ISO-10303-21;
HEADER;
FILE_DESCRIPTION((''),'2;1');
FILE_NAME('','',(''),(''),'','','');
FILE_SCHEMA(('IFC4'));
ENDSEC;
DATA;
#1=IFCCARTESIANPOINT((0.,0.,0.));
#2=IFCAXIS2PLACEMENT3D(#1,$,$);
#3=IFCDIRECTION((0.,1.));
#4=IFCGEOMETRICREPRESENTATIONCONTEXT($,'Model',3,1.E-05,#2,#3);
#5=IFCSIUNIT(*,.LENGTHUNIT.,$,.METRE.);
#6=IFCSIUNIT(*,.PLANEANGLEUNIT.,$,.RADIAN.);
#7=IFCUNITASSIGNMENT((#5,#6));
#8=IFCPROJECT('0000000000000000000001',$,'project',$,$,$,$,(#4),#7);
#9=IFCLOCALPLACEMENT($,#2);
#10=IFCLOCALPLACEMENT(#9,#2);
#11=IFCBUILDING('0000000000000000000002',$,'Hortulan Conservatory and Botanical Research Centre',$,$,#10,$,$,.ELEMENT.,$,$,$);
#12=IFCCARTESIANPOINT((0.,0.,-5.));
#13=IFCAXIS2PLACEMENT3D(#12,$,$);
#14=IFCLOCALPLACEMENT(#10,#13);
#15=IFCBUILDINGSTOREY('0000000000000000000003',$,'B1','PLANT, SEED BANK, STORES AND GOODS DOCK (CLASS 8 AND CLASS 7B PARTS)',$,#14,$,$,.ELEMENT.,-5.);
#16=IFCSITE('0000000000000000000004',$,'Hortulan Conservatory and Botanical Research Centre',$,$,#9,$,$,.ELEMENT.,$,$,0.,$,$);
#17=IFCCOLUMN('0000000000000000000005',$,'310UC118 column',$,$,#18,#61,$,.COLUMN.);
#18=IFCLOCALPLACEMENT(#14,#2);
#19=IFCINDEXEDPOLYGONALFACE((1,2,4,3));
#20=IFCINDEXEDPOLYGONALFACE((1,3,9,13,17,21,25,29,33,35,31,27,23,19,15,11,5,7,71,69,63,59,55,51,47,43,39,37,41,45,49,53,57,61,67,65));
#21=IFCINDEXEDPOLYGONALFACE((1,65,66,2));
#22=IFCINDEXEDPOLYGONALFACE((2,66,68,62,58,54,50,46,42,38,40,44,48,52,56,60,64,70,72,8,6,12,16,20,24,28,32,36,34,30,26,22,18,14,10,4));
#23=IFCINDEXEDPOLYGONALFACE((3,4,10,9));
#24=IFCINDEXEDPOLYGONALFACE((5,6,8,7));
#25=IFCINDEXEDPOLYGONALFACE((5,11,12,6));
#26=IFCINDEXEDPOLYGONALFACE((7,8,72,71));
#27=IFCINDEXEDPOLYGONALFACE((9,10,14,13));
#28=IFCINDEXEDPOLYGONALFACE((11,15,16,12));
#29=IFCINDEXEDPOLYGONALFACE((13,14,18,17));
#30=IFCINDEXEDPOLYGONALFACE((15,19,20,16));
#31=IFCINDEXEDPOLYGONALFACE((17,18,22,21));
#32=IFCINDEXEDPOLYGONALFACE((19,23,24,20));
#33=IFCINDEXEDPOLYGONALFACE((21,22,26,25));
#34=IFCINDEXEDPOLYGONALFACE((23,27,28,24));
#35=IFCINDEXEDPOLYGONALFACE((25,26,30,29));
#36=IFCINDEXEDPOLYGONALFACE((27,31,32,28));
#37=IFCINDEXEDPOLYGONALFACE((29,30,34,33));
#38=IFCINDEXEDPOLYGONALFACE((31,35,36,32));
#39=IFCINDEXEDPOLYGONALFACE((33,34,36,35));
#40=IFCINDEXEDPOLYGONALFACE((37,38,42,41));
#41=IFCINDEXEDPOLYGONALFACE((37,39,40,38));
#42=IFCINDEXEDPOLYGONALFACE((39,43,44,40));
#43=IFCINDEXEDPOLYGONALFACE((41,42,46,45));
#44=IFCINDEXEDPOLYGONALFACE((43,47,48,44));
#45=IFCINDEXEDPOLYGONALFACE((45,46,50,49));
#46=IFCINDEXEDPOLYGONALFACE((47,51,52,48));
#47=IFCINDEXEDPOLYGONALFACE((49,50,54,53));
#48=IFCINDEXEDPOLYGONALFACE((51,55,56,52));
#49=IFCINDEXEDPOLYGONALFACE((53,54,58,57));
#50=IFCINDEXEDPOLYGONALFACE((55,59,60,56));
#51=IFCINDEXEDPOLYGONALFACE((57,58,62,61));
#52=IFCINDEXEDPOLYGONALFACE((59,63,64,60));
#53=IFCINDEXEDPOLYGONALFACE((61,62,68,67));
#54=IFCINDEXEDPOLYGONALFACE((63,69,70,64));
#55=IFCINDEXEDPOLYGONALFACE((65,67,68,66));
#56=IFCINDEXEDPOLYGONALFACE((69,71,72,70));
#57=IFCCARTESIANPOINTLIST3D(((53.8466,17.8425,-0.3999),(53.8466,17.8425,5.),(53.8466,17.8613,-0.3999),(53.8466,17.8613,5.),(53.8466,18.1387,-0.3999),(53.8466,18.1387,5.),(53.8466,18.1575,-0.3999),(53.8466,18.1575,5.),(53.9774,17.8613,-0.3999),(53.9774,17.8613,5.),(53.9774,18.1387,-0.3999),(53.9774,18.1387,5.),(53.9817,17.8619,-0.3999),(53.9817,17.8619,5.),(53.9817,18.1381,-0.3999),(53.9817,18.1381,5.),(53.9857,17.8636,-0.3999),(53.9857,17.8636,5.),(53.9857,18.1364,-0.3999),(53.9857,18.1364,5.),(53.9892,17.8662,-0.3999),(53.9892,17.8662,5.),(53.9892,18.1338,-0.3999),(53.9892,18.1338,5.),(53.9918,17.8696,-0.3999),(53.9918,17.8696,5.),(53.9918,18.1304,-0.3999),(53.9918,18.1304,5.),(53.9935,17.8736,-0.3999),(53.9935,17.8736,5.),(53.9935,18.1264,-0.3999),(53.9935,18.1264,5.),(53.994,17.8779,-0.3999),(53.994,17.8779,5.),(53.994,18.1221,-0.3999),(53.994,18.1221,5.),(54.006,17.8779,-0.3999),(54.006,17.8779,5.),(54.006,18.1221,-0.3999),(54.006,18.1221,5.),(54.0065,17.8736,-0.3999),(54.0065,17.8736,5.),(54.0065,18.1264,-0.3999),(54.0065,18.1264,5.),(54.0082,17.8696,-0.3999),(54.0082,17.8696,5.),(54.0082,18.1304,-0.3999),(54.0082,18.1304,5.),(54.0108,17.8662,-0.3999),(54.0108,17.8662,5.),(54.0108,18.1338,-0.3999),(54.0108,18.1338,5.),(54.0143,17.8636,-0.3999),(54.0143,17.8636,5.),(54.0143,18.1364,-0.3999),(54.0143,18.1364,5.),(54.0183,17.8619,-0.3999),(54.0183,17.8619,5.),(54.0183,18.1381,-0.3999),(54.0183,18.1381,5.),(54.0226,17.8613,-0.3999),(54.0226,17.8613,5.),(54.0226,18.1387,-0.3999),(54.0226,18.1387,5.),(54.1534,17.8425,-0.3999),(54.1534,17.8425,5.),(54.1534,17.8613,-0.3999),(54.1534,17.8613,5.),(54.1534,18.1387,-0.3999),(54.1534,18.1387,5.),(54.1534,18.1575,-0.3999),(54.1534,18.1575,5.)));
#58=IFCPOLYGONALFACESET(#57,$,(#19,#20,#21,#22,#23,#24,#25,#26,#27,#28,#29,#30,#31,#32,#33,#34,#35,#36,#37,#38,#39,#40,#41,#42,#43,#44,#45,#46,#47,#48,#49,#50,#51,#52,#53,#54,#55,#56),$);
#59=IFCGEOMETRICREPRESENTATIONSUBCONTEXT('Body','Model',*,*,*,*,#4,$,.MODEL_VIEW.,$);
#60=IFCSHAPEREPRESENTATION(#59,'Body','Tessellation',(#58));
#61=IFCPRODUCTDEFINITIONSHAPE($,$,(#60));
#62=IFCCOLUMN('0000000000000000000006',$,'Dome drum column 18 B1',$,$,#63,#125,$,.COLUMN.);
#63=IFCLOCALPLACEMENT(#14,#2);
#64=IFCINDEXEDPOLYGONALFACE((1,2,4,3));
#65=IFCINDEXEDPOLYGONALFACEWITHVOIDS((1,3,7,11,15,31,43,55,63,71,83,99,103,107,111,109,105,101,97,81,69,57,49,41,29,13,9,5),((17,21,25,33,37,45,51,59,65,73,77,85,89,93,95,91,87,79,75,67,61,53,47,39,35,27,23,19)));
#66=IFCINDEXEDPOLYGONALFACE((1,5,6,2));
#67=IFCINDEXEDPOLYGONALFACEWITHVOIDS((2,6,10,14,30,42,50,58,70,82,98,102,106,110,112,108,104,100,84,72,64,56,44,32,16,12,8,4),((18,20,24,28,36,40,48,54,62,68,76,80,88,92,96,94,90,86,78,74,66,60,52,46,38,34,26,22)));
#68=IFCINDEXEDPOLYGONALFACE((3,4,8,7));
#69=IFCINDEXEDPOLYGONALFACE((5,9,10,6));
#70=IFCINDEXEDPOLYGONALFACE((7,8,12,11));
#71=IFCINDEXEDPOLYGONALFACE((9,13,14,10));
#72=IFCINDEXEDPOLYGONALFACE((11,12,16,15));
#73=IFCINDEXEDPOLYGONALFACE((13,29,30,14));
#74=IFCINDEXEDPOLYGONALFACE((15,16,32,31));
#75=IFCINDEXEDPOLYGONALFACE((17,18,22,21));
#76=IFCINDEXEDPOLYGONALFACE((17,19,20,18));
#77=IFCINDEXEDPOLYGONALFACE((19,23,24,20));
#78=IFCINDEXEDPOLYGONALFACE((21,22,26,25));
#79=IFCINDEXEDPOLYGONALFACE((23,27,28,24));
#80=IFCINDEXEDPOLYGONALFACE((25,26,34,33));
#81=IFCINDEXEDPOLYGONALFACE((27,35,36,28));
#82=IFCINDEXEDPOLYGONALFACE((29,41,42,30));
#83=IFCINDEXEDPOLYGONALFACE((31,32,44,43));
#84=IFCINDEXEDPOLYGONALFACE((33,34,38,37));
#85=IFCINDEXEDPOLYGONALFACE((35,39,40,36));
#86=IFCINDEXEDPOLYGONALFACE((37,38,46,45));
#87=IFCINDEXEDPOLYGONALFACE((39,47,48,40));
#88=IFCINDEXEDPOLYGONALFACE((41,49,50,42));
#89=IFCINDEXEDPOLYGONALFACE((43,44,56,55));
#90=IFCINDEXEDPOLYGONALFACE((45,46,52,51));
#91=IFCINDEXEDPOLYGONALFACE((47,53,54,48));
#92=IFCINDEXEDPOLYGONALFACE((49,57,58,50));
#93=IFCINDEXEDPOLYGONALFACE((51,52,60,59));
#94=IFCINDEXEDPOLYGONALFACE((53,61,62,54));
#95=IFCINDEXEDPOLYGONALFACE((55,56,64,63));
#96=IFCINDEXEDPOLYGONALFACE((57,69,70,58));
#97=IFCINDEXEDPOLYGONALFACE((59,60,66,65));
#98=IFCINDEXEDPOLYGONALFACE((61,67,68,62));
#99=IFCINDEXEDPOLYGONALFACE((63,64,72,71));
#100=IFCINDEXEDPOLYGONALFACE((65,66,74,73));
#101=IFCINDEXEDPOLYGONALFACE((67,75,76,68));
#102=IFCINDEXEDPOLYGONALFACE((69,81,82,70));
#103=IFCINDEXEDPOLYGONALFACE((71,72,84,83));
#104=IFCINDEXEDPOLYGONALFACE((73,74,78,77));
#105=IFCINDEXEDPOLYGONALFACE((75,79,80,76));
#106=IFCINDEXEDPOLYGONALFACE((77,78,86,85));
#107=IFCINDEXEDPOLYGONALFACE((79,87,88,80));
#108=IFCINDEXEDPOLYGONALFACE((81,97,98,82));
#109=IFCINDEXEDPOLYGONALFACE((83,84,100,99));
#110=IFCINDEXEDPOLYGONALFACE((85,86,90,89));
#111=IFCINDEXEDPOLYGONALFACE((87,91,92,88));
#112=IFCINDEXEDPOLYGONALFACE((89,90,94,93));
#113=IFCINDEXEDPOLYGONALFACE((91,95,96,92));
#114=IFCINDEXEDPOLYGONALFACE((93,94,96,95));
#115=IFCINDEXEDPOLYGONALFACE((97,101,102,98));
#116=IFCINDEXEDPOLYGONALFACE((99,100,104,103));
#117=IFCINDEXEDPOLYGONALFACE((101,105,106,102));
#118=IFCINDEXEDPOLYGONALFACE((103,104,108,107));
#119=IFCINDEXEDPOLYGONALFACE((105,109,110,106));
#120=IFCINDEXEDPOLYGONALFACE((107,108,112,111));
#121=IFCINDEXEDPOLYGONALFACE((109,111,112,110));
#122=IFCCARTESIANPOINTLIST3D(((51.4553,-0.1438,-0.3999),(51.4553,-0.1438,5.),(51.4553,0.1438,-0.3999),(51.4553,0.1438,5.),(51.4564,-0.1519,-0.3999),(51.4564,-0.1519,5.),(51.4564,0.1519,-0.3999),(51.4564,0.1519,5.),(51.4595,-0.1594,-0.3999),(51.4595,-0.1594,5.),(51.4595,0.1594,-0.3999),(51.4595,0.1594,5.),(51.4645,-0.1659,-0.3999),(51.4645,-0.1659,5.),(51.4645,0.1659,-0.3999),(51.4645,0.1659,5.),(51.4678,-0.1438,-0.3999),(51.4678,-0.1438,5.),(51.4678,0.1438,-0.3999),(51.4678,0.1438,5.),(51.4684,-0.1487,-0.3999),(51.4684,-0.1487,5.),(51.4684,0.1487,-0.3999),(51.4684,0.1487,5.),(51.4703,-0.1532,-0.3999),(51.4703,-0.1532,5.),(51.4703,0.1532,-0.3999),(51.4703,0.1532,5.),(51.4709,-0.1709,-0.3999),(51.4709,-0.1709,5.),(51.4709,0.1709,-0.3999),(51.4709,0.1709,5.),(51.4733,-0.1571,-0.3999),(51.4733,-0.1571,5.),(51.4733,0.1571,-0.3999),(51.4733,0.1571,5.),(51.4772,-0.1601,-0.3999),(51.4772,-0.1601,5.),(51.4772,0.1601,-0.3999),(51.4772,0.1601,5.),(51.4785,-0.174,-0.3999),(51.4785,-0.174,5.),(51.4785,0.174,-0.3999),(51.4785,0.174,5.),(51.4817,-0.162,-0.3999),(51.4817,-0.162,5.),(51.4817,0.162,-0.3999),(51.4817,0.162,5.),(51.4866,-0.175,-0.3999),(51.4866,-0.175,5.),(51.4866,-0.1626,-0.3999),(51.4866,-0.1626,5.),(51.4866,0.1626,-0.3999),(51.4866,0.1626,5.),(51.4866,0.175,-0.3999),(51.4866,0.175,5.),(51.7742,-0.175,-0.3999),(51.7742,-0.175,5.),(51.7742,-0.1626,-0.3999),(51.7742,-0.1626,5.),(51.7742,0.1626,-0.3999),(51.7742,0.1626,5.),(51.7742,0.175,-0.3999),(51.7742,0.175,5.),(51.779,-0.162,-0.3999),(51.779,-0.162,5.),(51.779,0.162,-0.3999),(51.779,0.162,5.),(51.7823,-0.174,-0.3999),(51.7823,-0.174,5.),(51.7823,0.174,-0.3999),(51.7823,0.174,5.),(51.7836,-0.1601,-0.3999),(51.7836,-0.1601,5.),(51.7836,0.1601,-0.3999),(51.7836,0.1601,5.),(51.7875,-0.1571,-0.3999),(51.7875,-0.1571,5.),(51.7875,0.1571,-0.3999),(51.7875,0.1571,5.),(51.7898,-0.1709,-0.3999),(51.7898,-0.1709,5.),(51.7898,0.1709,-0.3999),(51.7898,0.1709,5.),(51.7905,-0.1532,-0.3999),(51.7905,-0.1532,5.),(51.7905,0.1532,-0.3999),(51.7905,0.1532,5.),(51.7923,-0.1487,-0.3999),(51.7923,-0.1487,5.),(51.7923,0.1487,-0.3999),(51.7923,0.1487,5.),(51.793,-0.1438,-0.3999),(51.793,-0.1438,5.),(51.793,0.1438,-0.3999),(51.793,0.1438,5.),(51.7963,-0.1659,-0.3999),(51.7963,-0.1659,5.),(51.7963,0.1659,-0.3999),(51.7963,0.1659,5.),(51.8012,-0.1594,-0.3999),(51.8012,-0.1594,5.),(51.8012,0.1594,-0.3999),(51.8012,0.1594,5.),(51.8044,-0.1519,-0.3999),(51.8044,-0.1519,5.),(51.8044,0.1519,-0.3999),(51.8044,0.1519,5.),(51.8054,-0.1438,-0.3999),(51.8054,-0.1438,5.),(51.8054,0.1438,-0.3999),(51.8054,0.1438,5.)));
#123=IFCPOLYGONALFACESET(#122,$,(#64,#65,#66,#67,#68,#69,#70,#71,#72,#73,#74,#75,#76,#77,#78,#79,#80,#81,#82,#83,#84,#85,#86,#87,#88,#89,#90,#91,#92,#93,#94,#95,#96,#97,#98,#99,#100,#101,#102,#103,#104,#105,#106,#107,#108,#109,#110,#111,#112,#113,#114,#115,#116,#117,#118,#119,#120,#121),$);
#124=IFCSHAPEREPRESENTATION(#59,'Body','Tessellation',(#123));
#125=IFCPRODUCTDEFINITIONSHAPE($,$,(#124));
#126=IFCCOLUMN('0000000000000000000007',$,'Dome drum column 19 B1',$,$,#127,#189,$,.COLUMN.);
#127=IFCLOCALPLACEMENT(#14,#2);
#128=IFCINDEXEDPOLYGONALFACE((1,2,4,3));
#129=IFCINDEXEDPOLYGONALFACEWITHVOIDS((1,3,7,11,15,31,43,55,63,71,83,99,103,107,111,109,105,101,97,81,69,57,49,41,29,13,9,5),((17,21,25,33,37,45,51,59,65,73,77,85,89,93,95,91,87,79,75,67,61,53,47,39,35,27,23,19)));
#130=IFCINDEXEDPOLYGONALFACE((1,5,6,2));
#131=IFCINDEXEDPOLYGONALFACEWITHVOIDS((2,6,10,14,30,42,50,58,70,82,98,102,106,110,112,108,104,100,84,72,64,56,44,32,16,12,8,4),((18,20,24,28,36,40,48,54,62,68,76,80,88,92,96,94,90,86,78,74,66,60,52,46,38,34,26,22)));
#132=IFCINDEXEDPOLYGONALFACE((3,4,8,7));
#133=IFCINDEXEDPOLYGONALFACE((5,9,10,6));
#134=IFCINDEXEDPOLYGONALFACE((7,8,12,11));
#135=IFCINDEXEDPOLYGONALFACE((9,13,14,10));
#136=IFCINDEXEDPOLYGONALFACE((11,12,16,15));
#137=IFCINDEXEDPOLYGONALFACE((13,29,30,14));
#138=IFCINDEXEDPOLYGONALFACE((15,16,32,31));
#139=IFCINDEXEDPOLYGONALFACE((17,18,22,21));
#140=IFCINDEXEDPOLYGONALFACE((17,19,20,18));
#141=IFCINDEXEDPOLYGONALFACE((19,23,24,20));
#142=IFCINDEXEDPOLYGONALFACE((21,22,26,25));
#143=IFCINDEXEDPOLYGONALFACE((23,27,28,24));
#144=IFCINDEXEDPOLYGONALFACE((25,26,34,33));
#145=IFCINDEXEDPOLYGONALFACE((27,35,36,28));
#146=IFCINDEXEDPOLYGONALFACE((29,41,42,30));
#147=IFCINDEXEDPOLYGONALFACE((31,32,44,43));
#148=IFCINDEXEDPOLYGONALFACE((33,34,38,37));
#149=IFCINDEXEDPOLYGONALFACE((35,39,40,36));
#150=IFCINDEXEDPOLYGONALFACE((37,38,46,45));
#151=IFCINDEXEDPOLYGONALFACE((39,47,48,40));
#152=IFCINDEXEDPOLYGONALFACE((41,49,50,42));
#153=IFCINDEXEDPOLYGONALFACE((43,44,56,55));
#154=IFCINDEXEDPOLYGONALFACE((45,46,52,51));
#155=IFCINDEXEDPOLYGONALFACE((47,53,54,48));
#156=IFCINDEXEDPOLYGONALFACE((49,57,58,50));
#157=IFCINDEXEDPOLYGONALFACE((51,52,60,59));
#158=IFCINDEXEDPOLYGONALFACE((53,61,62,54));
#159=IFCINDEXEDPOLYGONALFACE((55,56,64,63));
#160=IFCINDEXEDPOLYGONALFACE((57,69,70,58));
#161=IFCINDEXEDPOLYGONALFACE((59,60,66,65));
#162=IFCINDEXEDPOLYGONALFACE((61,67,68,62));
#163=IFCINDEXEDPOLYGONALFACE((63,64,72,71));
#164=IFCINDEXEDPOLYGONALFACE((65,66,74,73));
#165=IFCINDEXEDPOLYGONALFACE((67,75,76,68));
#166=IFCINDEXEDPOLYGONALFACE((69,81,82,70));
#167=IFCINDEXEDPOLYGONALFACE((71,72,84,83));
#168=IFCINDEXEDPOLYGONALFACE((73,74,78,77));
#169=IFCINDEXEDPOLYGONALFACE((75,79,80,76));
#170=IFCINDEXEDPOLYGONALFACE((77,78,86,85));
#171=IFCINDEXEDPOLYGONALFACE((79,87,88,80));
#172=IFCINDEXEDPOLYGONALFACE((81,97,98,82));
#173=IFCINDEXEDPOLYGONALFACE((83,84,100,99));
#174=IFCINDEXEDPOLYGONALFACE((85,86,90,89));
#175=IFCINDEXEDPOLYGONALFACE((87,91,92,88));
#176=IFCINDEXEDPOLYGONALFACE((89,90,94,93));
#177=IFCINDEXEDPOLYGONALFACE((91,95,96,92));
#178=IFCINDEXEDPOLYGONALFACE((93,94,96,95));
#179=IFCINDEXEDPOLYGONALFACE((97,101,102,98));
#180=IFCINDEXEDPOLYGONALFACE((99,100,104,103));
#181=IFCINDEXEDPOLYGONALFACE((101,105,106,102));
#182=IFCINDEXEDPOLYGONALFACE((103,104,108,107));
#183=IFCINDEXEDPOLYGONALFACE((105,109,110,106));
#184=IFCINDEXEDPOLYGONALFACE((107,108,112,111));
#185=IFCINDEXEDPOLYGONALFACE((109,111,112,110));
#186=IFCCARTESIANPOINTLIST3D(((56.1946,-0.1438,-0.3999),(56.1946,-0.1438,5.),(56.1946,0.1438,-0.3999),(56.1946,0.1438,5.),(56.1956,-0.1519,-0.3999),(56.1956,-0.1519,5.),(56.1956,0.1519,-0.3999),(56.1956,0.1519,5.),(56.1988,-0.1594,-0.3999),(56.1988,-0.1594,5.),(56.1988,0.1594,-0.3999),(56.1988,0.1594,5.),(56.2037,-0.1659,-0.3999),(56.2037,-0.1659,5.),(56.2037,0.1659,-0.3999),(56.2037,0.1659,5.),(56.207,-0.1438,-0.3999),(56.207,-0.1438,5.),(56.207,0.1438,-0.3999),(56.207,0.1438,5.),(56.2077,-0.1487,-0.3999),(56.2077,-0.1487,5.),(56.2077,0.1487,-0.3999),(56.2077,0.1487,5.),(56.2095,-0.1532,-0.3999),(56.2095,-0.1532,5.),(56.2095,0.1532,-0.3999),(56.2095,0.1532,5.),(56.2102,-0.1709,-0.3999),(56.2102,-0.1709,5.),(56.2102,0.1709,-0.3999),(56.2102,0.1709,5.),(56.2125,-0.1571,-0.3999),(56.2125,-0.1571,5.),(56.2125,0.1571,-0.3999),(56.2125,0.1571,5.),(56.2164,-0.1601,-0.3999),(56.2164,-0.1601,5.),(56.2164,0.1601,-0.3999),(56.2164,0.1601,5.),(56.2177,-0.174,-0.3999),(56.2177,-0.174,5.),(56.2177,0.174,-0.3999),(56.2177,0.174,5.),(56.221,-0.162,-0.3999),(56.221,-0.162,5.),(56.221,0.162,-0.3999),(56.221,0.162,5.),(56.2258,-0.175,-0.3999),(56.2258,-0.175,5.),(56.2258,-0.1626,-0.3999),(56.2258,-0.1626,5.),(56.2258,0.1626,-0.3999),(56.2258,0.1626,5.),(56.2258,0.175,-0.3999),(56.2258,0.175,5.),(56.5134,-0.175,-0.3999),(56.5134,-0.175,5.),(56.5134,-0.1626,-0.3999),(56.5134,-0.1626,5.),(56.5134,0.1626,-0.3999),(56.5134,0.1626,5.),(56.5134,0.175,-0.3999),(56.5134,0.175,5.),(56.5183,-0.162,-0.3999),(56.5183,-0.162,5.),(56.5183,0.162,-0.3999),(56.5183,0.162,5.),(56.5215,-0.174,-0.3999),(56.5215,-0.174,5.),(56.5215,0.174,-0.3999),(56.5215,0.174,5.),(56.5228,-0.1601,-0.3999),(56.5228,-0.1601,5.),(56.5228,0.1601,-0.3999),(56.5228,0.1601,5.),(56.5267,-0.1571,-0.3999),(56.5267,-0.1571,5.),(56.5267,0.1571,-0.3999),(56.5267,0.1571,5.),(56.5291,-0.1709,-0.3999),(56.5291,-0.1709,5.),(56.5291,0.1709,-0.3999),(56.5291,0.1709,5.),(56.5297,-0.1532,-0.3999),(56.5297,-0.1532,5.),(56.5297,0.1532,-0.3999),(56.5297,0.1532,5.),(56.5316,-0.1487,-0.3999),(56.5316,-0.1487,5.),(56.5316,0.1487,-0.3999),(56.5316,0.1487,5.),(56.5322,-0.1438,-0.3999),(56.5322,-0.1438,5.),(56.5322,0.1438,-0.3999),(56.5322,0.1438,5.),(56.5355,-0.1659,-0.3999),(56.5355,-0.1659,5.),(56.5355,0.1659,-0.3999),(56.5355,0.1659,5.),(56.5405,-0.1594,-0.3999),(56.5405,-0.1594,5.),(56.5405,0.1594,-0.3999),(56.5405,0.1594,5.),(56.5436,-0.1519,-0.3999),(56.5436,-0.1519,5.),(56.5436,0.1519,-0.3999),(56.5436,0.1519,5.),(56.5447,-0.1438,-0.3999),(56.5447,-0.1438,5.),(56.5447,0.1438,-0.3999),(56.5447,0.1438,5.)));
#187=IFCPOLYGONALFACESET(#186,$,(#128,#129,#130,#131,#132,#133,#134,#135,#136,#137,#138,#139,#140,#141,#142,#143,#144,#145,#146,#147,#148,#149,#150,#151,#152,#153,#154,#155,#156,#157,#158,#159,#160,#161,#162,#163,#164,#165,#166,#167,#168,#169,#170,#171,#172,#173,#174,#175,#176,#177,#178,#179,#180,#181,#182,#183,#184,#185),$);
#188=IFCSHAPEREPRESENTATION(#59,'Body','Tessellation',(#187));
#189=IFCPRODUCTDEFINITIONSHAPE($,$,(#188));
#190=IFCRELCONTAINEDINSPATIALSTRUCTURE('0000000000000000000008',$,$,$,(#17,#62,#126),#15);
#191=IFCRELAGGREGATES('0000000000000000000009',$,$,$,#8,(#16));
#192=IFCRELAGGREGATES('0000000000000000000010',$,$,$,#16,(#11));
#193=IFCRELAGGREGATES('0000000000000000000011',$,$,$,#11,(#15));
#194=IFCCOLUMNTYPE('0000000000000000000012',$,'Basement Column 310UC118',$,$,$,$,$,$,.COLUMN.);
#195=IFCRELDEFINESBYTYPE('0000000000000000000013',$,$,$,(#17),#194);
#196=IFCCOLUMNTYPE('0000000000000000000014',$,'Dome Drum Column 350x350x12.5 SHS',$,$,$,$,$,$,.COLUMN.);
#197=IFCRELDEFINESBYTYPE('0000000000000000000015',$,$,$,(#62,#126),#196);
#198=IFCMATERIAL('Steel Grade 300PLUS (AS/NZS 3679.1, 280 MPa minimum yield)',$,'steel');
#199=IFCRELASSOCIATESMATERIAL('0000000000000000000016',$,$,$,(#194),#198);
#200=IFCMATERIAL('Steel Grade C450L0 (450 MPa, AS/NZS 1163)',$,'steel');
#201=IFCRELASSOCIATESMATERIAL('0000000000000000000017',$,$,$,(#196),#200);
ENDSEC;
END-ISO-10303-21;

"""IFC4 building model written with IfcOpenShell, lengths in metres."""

from ifc_helpers import new_model, si_unit, direction, frame, origin, origin_2d, place, context, subcontext, project, spatial, hollow_rectangle, i_section, extrude, material, material_profile, profile_set, type_object, element, save


model = new_model("IFC4")

# Units and contexts
model_context = context("Model", 3, precision=1e-05, world=origin(), true_north=direction((0.0, 1.0)))
body_context = subcontext(model_context, "Body", "Model", "MODEL_VIEW")
ifc_project = project(units=[si_unit("LENGTHUNIT", "METRE"), si_unit("PLANEANGLEUNIT", "RADIAN")], contexts=[model_context])

# Site, building, storey
site_placement = place(None, origin())
site = spatial("IfcSite", under=ifc_project, at=site_placement, Name="Hortulan Conservatory and Botanical Research Centre", CompositionType="ELEMENT", RefElevation=0.0)
building_placement = place(site_placement, origin())
building = spatial("IfcBuilding", under=site, at=building_placement, Name="Hortulan Conservatory and Botanical Research Centre", CompositionType="ELEMENT")
storey_placement = place(building_placement, frame((0.0, 0.0, -5.0)))
storey = spatial("IfcBuildingStorey", under=building, at=storey_placement, Name="B1", Description="PLANT, SEED BANK, STORES AND GOODS DOCK (CLASS 8 AND CLASS 7B PARTS)", CompositionType="ELEMENT", Elevation=-5.0)

# Columns
ifc_material_1 = material(Name="Steel Grade 300PLUS (AS/NZS 3679.1, 280 MPa minimum yield)", Category="steel")
ifc_material_profile_1 = material_profile(ifc_material_1, i_section(OverallWidth=0.3069, OverallDepth=0.3149, WebThickness=0.012, FlangeThickness=0.0188, FilletRadius=0.0166, at=origin_2d()), Name="310UC118")
ifc_profile_set_1 = profile_set([ifc_material_profile_1], Name="Steel Grade 300PLUS (AS/NZS 3679.1, 280 MPa minimum yield)")
column_type_1 = type_object("IfcColumnType", Name="Basement Column 310UC118", PredefinedType="COLUMN", material=ifc_profile_set_1)
for number, where, z_axis, x_axis, name in (
    (1, (54.0, 18.0, -0.3999), (0.0, 0.0, 1.0), (1.0, 0.0, 0.0), "310UC118 column"),
):
    element("IfcColumn", number, at=place(storey_placement, frame(where, z_axis=z_axis, x_axis=x_axis)), inside=storey, type_object=column_type_1, Name=name, PredefinedType="COLUMN", context=body_context, shape_type="SweptSolid", body=[
        extrude(i_section(OverallWidth=0.3069, OverallDepth=0.3149, WebThickness=0.012, FlangeThickness=0.0188, FilletRadius=0.0166, at=origin_2d()), origin(), (0.0, 0.0, 1.0), 5.3999),
    ])
ifc_material_2 = material(Name="Steel Grade C450L0 (450 MPa, AS/NZS 1163)", Category="steel")
ifc_material_profile_2 = material_profile(ifc_material_2, hollow_rectangle(XDim=0.3501, YDim=0.3501, WallThickness=0.0125, InnerFilletRadius=0.0188, OuterFilletRadius=0.0312, at=origin_2d()), Name="350x350x12.5SHS")
ifc_profile_set_2 = profile_set([ifc_material_profile_2], Name="Steel Grade C450L0 (450 MPa, AS/NZS 1163)")
column_type_2 = type_object("IfcColumnType", Name="Dome Drum Column 350x350x12.5 SHS", PredefinedType="COLUMN", material=ifc_profile_set_2)
for number, where, z_axis, x_axis, name in (
    (2, (51.6304, 0.0, -0.3999), (0.0, 0.0, 1.0), (1.0, 0.0, 0.0), "Dome drum column 18 B1"),
    (3, (56.3696, 0.0, -0.3999), (0.0, 0.0, 1.0), (1.0, 0.0, 0.0), "Dome drum column 19 B1"),
):
    element("IfcColumn", number, at=place(storey_placement, frame(where, z_axis=z_axis, x_axis=x_axis)), inside=storey, type_object=column_type_2, Name=name, PredefinedType="COLUMN", context=body_context, shape_type="SweptSolid", body=[
        extrude(hollow_rectangle(XDim=0.3501, YDim=0.3501, WallThickness=0.0125, InnerFilletRadius=0.0188, OuterFilletRadius=0.0312, at=origin_2d()), origin(), (0.0, 0.0, 1.0), 5.3999),
    ])

save(model, "model.ifc")
